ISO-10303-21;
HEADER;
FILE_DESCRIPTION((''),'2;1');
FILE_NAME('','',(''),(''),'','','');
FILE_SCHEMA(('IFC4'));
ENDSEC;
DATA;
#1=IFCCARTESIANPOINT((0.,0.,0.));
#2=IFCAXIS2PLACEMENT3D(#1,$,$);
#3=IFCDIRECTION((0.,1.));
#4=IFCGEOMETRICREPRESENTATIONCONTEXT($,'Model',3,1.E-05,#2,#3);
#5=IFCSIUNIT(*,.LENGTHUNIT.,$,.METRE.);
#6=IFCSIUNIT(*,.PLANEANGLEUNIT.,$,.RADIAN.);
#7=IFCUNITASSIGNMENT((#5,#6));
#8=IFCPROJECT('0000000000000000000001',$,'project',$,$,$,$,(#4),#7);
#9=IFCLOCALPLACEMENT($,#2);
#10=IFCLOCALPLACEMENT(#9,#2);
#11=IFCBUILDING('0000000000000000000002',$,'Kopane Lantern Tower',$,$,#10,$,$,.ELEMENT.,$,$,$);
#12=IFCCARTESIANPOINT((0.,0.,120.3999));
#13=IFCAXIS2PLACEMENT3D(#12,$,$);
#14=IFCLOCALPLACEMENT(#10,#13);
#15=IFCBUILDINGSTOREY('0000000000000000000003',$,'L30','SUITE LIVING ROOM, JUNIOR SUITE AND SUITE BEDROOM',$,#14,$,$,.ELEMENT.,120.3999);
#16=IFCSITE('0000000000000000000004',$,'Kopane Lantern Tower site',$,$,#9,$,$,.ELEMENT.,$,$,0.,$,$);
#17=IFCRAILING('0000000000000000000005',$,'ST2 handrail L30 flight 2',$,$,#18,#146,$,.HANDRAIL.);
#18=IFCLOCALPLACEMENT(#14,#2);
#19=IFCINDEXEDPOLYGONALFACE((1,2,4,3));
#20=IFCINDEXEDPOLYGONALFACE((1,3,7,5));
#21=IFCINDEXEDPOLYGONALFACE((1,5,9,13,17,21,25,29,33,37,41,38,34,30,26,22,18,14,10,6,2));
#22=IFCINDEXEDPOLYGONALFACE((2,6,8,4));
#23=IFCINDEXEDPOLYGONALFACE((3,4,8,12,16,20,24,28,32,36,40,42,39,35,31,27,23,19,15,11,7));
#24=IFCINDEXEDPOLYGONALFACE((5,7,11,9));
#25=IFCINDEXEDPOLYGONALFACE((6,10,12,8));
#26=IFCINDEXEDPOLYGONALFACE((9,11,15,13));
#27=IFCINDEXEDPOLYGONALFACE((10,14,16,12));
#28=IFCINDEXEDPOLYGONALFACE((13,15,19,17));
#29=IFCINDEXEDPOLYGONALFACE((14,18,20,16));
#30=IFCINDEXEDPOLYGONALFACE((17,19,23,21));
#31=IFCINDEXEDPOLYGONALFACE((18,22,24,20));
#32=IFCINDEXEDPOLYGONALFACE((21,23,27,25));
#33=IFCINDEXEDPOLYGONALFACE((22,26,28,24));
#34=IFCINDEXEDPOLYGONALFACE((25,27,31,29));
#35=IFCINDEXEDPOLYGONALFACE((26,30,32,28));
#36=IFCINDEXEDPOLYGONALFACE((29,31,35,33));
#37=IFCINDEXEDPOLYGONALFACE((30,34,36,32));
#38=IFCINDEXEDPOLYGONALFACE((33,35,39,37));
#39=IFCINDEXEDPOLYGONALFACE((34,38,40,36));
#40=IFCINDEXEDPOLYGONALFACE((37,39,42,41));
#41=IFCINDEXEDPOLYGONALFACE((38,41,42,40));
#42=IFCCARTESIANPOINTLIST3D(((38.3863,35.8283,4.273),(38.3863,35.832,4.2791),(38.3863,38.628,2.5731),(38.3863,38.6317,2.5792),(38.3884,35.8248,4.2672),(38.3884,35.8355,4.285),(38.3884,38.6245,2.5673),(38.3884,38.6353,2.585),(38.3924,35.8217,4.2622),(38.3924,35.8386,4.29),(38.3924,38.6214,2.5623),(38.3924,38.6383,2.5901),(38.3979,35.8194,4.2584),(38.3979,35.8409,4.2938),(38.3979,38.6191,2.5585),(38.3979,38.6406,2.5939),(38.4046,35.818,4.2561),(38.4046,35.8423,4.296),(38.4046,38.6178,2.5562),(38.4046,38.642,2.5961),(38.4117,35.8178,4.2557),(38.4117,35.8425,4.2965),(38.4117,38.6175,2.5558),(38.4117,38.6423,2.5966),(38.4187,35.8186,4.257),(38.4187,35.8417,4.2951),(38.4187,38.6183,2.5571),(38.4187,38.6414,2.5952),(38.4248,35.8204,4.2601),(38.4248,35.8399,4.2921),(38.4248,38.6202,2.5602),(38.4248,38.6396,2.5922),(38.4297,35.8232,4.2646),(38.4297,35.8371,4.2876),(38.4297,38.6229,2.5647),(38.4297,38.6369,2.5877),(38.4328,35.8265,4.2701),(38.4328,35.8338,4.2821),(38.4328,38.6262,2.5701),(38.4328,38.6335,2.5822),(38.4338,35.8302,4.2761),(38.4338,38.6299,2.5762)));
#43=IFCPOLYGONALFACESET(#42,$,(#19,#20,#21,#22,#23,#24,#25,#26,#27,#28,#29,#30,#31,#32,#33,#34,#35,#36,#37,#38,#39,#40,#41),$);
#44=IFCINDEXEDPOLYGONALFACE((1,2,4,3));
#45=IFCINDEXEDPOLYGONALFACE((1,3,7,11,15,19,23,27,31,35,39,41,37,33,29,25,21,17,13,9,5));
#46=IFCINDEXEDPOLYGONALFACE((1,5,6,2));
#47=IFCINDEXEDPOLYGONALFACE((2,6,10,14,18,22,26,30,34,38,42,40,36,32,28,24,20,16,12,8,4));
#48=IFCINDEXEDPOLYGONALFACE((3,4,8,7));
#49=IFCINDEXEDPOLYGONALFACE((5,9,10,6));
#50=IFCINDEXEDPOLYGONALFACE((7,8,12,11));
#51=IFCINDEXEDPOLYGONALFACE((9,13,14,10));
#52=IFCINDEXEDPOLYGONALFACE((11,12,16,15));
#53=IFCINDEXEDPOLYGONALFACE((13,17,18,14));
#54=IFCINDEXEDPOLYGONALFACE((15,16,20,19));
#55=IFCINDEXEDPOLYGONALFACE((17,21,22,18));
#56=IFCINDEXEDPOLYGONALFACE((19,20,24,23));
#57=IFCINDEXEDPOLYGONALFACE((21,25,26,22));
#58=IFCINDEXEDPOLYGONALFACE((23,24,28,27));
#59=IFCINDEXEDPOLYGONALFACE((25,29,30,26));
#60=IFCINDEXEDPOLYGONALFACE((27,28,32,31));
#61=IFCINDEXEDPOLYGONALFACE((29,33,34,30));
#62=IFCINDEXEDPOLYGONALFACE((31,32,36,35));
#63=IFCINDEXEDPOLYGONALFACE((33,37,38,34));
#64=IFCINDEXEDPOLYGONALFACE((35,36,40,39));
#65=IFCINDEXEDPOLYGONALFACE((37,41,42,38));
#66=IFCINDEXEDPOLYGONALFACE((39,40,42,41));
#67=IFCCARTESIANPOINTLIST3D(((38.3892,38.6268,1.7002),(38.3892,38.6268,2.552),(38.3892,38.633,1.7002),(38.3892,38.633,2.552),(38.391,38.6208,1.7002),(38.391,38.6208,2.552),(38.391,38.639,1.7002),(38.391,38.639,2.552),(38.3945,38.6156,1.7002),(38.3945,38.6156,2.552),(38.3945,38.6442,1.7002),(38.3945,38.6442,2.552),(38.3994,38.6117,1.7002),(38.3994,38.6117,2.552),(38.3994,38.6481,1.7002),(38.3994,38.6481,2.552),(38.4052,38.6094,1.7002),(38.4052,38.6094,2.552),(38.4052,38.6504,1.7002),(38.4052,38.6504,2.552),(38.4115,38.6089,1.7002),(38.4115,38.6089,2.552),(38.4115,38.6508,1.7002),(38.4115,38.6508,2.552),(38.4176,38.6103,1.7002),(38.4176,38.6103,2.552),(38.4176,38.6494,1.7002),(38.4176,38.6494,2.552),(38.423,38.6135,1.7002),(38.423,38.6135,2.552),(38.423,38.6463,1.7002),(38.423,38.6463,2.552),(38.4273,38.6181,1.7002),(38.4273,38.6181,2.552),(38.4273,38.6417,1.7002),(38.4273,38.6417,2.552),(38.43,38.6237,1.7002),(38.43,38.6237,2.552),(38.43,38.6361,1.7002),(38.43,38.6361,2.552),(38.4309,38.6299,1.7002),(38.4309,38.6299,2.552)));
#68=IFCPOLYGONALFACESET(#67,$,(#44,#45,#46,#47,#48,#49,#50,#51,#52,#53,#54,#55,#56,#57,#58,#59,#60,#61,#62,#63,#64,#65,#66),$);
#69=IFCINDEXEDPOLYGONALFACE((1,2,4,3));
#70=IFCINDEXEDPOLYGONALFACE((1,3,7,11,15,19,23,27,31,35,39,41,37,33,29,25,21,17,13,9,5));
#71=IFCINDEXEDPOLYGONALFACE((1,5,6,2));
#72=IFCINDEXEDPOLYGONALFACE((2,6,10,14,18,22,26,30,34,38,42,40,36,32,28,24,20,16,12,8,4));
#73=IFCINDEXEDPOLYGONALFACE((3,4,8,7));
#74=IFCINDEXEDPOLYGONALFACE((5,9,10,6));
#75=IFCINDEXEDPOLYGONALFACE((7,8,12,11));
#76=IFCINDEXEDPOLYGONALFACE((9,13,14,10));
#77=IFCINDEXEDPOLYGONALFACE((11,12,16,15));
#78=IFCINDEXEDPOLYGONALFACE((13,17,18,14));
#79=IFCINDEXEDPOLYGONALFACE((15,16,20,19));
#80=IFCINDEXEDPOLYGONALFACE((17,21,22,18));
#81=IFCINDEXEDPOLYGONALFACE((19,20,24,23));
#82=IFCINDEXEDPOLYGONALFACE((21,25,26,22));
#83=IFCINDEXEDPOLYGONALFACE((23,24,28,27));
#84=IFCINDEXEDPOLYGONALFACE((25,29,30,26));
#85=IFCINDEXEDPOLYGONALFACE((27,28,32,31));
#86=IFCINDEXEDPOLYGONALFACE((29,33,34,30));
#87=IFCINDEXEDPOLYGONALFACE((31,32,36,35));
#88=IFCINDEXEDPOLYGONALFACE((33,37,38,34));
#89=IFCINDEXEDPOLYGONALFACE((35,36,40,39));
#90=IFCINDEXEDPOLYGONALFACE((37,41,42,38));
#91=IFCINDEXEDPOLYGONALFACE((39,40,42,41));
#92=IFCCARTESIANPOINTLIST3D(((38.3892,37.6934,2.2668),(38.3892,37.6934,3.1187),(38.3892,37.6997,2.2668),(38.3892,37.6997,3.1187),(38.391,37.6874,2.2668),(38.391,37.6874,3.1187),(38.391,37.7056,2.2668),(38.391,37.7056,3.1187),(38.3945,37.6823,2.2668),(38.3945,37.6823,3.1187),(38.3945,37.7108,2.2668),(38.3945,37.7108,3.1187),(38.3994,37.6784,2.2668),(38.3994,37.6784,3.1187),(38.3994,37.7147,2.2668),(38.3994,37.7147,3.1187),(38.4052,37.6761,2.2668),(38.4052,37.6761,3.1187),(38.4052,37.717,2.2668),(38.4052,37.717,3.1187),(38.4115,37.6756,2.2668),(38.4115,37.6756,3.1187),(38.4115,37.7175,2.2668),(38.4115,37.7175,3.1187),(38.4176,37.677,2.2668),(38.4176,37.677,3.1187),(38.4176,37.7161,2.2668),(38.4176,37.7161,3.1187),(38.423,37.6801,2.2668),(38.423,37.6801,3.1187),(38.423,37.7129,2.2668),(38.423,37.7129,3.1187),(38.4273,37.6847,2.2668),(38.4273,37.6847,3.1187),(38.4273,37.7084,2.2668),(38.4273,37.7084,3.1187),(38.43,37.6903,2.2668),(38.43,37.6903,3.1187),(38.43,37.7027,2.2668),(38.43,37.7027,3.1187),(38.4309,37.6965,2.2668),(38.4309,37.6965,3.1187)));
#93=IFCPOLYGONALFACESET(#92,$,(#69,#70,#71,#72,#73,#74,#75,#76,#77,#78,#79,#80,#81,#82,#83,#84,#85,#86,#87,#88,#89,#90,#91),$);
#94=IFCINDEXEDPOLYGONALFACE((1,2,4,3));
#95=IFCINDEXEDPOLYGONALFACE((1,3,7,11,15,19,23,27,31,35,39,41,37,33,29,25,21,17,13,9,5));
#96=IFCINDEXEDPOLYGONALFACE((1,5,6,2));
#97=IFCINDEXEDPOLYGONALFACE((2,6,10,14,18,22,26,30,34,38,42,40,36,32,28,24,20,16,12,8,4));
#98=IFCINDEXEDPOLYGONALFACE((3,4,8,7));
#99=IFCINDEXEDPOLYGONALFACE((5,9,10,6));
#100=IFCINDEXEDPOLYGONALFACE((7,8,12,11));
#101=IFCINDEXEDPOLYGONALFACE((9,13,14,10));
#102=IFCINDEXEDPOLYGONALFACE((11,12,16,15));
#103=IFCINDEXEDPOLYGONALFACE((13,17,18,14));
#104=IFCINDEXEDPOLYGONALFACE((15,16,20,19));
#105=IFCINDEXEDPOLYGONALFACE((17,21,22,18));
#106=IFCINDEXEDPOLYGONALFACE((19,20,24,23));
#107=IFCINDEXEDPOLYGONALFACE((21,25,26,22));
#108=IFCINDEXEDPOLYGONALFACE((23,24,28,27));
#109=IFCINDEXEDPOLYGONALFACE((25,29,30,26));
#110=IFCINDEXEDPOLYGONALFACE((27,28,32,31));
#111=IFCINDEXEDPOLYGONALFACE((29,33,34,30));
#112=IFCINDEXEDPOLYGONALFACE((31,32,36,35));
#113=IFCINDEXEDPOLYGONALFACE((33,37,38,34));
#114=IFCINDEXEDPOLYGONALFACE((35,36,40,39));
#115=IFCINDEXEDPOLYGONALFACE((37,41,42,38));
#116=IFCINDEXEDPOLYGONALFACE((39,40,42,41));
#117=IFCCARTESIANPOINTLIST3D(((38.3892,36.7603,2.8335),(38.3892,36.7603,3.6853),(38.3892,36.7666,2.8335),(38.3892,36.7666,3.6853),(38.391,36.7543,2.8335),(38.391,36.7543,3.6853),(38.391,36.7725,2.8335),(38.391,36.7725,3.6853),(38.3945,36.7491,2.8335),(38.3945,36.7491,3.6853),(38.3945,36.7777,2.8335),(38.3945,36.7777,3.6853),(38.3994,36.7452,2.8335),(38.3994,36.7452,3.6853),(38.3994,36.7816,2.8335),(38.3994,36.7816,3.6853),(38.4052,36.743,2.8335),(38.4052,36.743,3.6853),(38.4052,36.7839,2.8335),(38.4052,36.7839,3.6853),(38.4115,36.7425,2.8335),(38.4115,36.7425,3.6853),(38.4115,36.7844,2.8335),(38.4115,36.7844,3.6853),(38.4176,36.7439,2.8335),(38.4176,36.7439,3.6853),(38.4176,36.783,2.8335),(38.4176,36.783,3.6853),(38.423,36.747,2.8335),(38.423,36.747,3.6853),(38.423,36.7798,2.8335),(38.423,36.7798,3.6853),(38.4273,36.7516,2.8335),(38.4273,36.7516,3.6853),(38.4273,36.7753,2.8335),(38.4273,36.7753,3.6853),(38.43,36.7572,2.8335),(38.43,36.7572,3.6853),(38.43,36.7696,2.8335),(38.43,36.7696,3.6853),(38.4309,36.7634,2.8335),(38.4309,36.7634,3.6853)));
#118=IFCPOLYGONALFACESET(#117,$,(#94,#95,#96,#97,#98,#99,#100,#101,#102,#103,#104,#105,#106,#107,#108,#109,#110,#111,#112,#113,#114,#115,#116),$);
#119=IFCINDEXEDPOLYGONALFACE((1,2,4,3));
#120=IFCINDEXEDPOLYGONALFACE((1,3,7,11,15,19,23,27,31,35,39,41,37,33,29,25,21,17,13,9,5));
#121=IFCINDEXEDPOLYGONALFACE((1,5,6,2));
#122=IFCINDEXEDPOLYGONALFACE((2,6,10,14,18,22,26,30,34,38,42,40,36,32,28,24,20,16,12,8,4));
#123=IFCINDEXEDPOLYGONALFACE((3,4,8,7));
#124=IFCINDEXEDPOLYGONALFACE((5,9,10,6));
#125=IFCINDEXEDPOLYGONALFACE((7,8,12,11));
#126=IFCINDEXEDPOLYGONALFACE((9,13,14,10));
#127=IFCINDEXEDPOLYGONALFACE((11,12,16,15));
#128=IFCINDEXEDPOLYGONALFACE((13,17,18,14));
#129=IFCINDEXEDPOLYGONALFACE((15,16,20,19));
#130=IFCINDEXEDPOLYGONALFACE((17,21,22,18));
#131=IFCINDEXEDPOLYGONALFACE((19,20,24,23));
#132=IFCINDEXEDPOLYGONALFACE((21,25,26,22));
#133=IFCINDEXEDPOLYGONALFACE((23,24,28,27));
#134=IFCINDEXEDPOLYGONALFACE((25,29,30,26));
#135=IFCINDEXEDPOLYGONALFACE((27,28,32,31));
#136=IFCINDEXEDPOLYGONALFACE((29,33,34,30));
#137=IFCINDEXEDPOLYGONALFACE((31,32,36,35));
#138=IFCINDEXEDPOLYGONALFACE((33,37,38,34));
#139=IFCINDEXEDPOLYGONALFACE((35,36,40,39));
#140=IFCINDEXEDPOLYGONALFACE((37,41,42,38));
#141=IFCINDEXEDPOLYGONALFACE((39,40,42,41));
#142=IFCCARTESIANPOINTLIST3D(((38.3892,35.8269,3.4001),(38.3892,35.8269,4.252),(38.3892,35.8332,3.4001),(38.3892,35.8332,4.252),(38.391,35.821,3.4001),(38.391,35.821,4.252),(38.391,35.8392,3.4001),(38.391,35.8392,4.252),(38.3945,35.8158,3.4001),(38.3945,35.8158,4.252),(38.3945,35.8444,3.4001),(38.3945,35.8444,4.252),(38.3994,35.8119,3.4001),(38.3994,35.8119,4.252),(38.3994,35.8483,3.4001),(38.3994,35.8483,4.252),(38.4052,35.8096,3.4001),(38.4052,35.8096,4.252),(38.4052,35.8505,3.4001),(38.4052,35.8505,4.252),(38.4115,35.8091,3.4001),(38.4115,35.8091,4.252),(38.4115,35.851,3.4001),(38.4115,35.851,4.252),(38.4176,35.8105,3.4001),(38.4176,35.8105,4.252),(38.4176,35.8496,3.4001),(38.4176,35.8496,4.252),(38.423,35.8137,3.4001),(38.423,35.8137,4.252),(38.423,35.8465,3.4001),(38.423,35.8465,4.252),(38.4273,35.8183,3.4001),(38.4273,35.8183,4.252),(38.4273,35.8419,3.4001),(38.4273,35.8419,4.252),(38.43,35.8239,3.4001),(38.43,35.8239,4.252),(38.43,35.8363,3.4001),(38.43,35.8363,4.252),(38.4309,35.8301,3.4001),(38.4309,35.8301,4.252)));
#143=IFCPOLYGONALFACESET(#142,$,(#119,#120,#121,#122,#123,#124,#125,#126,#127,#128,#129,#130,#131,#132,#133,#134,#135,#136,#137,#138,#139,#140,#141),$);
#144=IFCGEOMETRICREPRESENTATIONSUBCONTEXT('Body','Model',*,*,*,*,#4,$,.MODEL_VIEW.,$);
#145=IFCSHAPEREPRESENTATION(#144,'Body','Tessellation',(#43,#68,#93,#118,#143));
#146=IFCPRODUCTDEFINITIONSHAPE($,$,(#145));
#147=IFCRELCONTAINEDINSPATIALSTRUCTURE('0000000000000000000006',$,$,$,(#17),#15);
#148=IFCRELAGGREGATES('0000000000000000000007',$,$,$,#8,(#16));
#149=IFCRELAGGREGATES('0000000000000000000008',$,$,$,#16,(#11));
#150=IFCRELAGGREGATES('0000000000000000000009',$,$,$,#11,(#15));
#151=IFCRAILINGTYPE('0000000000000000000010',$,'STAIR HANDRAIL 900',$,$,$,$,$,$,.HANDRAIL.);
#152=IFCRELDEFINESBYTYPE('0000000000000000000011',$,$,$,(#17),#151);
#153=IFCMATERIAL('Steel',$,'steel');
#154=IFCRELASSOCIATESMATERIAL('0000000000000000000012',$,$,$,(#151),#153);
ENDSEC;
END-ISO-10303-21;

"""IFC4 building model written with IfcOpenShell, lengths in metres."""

from ifc_helpers import new_model, si_unit, direction, frame, origin, origin_2d, place, context, subcontext, project, spatial, circle, extrude, material, type_object, element, save


model = new_model("IFC4")

# Units and contexts
model_context = context("Model", 3, precision=1e-05, world=origin(), true_north=direction((0.0, 1.0)))
body_context = subcontext(model_context, "Body", "Model", "MODEL_VIEW")
ifc_project = project(units=[si_unit("LENGTHUNIT", "METRE"), si_unit("PLANEANGLEUNIT", "RADIAN")], contexts=[model_context])

# Site, building, storey
site_placement = place(None, origin())
site = spatial("IfcSite", under=ifc_project, at=site_placement, Name="Kopane Lantern Tower site", CompositionType="ELEMENT", RefElevation=0.0)
building_placement = place(site_placement, origin())
building = spatial("IfcBuilding", under=site, at=building_placement, Name="Kopane Lantern Tower", CompositionType="ELEMENT")
storey_placement = place(building_placement, frame((0.0, 0.0, 120.3999)))
storey = spatial("IfcBuildingStorey", under=building, at=storey_placement, Name="L30", Description="SUITE LIVING ROOM, JUNIOR SUITE AND SUITE BEDROOM", CompositionType="ELEMENT", Elevation=120.3999)

# Railing
ifc_material_1 = material(Name="Steel", Category="steel")
railing_type_1 = type_object("IfcRailingType", Name="STAIR HANDRAIL 900", PredefinedType="HANDRAIL", material=ifc_material_1)
for number, where, name in (
    (1, (38.4099, 38.6299, 1.7002), "ST2 handrail L30 flight 2"),
):
    element("IfcRailing", number, at=place(storey_placement, frame(where)), inside=storey, type_object=railing_type_1, Name=name, PredefinedType="HANDRAIL", context=body_context, shape_type="SweptSolid", body=[
        extrude(circle(Radius=0.0239, at=origin_2d()), frame((0.0, 0.0, 0.876), z_axis=(0.0, -0.854778, 0.518994), x_axis=(1.0, 0.0, 0.0)), (0.0, 0.0, 1.0), 3.2754),
        extrude(circle(Radius=0.021, at=origin_2d()), origin(), (0.0, 0.0, 1.0), 0.8518),
        extrude(circle(Radius=0.021, at=origin_2d()), frame((0.0, -0.9333, 0.5667)), (0.0, 0.0, 1.0), 0.8518),
        extrude(circle(Radius=0.021, at=origin_2d()), frame((0.0, -1.8665, 1.1333)), (0.0, 0.0, 1.0), 0.8518),
        extrude(circle(Radius=0.021, at=origin_2d()), frame((0.0, -2.7998, 1.7)), (0.0, 0.0, 1.0), 0.8518),
    ])

save(model, "model.ifc")
